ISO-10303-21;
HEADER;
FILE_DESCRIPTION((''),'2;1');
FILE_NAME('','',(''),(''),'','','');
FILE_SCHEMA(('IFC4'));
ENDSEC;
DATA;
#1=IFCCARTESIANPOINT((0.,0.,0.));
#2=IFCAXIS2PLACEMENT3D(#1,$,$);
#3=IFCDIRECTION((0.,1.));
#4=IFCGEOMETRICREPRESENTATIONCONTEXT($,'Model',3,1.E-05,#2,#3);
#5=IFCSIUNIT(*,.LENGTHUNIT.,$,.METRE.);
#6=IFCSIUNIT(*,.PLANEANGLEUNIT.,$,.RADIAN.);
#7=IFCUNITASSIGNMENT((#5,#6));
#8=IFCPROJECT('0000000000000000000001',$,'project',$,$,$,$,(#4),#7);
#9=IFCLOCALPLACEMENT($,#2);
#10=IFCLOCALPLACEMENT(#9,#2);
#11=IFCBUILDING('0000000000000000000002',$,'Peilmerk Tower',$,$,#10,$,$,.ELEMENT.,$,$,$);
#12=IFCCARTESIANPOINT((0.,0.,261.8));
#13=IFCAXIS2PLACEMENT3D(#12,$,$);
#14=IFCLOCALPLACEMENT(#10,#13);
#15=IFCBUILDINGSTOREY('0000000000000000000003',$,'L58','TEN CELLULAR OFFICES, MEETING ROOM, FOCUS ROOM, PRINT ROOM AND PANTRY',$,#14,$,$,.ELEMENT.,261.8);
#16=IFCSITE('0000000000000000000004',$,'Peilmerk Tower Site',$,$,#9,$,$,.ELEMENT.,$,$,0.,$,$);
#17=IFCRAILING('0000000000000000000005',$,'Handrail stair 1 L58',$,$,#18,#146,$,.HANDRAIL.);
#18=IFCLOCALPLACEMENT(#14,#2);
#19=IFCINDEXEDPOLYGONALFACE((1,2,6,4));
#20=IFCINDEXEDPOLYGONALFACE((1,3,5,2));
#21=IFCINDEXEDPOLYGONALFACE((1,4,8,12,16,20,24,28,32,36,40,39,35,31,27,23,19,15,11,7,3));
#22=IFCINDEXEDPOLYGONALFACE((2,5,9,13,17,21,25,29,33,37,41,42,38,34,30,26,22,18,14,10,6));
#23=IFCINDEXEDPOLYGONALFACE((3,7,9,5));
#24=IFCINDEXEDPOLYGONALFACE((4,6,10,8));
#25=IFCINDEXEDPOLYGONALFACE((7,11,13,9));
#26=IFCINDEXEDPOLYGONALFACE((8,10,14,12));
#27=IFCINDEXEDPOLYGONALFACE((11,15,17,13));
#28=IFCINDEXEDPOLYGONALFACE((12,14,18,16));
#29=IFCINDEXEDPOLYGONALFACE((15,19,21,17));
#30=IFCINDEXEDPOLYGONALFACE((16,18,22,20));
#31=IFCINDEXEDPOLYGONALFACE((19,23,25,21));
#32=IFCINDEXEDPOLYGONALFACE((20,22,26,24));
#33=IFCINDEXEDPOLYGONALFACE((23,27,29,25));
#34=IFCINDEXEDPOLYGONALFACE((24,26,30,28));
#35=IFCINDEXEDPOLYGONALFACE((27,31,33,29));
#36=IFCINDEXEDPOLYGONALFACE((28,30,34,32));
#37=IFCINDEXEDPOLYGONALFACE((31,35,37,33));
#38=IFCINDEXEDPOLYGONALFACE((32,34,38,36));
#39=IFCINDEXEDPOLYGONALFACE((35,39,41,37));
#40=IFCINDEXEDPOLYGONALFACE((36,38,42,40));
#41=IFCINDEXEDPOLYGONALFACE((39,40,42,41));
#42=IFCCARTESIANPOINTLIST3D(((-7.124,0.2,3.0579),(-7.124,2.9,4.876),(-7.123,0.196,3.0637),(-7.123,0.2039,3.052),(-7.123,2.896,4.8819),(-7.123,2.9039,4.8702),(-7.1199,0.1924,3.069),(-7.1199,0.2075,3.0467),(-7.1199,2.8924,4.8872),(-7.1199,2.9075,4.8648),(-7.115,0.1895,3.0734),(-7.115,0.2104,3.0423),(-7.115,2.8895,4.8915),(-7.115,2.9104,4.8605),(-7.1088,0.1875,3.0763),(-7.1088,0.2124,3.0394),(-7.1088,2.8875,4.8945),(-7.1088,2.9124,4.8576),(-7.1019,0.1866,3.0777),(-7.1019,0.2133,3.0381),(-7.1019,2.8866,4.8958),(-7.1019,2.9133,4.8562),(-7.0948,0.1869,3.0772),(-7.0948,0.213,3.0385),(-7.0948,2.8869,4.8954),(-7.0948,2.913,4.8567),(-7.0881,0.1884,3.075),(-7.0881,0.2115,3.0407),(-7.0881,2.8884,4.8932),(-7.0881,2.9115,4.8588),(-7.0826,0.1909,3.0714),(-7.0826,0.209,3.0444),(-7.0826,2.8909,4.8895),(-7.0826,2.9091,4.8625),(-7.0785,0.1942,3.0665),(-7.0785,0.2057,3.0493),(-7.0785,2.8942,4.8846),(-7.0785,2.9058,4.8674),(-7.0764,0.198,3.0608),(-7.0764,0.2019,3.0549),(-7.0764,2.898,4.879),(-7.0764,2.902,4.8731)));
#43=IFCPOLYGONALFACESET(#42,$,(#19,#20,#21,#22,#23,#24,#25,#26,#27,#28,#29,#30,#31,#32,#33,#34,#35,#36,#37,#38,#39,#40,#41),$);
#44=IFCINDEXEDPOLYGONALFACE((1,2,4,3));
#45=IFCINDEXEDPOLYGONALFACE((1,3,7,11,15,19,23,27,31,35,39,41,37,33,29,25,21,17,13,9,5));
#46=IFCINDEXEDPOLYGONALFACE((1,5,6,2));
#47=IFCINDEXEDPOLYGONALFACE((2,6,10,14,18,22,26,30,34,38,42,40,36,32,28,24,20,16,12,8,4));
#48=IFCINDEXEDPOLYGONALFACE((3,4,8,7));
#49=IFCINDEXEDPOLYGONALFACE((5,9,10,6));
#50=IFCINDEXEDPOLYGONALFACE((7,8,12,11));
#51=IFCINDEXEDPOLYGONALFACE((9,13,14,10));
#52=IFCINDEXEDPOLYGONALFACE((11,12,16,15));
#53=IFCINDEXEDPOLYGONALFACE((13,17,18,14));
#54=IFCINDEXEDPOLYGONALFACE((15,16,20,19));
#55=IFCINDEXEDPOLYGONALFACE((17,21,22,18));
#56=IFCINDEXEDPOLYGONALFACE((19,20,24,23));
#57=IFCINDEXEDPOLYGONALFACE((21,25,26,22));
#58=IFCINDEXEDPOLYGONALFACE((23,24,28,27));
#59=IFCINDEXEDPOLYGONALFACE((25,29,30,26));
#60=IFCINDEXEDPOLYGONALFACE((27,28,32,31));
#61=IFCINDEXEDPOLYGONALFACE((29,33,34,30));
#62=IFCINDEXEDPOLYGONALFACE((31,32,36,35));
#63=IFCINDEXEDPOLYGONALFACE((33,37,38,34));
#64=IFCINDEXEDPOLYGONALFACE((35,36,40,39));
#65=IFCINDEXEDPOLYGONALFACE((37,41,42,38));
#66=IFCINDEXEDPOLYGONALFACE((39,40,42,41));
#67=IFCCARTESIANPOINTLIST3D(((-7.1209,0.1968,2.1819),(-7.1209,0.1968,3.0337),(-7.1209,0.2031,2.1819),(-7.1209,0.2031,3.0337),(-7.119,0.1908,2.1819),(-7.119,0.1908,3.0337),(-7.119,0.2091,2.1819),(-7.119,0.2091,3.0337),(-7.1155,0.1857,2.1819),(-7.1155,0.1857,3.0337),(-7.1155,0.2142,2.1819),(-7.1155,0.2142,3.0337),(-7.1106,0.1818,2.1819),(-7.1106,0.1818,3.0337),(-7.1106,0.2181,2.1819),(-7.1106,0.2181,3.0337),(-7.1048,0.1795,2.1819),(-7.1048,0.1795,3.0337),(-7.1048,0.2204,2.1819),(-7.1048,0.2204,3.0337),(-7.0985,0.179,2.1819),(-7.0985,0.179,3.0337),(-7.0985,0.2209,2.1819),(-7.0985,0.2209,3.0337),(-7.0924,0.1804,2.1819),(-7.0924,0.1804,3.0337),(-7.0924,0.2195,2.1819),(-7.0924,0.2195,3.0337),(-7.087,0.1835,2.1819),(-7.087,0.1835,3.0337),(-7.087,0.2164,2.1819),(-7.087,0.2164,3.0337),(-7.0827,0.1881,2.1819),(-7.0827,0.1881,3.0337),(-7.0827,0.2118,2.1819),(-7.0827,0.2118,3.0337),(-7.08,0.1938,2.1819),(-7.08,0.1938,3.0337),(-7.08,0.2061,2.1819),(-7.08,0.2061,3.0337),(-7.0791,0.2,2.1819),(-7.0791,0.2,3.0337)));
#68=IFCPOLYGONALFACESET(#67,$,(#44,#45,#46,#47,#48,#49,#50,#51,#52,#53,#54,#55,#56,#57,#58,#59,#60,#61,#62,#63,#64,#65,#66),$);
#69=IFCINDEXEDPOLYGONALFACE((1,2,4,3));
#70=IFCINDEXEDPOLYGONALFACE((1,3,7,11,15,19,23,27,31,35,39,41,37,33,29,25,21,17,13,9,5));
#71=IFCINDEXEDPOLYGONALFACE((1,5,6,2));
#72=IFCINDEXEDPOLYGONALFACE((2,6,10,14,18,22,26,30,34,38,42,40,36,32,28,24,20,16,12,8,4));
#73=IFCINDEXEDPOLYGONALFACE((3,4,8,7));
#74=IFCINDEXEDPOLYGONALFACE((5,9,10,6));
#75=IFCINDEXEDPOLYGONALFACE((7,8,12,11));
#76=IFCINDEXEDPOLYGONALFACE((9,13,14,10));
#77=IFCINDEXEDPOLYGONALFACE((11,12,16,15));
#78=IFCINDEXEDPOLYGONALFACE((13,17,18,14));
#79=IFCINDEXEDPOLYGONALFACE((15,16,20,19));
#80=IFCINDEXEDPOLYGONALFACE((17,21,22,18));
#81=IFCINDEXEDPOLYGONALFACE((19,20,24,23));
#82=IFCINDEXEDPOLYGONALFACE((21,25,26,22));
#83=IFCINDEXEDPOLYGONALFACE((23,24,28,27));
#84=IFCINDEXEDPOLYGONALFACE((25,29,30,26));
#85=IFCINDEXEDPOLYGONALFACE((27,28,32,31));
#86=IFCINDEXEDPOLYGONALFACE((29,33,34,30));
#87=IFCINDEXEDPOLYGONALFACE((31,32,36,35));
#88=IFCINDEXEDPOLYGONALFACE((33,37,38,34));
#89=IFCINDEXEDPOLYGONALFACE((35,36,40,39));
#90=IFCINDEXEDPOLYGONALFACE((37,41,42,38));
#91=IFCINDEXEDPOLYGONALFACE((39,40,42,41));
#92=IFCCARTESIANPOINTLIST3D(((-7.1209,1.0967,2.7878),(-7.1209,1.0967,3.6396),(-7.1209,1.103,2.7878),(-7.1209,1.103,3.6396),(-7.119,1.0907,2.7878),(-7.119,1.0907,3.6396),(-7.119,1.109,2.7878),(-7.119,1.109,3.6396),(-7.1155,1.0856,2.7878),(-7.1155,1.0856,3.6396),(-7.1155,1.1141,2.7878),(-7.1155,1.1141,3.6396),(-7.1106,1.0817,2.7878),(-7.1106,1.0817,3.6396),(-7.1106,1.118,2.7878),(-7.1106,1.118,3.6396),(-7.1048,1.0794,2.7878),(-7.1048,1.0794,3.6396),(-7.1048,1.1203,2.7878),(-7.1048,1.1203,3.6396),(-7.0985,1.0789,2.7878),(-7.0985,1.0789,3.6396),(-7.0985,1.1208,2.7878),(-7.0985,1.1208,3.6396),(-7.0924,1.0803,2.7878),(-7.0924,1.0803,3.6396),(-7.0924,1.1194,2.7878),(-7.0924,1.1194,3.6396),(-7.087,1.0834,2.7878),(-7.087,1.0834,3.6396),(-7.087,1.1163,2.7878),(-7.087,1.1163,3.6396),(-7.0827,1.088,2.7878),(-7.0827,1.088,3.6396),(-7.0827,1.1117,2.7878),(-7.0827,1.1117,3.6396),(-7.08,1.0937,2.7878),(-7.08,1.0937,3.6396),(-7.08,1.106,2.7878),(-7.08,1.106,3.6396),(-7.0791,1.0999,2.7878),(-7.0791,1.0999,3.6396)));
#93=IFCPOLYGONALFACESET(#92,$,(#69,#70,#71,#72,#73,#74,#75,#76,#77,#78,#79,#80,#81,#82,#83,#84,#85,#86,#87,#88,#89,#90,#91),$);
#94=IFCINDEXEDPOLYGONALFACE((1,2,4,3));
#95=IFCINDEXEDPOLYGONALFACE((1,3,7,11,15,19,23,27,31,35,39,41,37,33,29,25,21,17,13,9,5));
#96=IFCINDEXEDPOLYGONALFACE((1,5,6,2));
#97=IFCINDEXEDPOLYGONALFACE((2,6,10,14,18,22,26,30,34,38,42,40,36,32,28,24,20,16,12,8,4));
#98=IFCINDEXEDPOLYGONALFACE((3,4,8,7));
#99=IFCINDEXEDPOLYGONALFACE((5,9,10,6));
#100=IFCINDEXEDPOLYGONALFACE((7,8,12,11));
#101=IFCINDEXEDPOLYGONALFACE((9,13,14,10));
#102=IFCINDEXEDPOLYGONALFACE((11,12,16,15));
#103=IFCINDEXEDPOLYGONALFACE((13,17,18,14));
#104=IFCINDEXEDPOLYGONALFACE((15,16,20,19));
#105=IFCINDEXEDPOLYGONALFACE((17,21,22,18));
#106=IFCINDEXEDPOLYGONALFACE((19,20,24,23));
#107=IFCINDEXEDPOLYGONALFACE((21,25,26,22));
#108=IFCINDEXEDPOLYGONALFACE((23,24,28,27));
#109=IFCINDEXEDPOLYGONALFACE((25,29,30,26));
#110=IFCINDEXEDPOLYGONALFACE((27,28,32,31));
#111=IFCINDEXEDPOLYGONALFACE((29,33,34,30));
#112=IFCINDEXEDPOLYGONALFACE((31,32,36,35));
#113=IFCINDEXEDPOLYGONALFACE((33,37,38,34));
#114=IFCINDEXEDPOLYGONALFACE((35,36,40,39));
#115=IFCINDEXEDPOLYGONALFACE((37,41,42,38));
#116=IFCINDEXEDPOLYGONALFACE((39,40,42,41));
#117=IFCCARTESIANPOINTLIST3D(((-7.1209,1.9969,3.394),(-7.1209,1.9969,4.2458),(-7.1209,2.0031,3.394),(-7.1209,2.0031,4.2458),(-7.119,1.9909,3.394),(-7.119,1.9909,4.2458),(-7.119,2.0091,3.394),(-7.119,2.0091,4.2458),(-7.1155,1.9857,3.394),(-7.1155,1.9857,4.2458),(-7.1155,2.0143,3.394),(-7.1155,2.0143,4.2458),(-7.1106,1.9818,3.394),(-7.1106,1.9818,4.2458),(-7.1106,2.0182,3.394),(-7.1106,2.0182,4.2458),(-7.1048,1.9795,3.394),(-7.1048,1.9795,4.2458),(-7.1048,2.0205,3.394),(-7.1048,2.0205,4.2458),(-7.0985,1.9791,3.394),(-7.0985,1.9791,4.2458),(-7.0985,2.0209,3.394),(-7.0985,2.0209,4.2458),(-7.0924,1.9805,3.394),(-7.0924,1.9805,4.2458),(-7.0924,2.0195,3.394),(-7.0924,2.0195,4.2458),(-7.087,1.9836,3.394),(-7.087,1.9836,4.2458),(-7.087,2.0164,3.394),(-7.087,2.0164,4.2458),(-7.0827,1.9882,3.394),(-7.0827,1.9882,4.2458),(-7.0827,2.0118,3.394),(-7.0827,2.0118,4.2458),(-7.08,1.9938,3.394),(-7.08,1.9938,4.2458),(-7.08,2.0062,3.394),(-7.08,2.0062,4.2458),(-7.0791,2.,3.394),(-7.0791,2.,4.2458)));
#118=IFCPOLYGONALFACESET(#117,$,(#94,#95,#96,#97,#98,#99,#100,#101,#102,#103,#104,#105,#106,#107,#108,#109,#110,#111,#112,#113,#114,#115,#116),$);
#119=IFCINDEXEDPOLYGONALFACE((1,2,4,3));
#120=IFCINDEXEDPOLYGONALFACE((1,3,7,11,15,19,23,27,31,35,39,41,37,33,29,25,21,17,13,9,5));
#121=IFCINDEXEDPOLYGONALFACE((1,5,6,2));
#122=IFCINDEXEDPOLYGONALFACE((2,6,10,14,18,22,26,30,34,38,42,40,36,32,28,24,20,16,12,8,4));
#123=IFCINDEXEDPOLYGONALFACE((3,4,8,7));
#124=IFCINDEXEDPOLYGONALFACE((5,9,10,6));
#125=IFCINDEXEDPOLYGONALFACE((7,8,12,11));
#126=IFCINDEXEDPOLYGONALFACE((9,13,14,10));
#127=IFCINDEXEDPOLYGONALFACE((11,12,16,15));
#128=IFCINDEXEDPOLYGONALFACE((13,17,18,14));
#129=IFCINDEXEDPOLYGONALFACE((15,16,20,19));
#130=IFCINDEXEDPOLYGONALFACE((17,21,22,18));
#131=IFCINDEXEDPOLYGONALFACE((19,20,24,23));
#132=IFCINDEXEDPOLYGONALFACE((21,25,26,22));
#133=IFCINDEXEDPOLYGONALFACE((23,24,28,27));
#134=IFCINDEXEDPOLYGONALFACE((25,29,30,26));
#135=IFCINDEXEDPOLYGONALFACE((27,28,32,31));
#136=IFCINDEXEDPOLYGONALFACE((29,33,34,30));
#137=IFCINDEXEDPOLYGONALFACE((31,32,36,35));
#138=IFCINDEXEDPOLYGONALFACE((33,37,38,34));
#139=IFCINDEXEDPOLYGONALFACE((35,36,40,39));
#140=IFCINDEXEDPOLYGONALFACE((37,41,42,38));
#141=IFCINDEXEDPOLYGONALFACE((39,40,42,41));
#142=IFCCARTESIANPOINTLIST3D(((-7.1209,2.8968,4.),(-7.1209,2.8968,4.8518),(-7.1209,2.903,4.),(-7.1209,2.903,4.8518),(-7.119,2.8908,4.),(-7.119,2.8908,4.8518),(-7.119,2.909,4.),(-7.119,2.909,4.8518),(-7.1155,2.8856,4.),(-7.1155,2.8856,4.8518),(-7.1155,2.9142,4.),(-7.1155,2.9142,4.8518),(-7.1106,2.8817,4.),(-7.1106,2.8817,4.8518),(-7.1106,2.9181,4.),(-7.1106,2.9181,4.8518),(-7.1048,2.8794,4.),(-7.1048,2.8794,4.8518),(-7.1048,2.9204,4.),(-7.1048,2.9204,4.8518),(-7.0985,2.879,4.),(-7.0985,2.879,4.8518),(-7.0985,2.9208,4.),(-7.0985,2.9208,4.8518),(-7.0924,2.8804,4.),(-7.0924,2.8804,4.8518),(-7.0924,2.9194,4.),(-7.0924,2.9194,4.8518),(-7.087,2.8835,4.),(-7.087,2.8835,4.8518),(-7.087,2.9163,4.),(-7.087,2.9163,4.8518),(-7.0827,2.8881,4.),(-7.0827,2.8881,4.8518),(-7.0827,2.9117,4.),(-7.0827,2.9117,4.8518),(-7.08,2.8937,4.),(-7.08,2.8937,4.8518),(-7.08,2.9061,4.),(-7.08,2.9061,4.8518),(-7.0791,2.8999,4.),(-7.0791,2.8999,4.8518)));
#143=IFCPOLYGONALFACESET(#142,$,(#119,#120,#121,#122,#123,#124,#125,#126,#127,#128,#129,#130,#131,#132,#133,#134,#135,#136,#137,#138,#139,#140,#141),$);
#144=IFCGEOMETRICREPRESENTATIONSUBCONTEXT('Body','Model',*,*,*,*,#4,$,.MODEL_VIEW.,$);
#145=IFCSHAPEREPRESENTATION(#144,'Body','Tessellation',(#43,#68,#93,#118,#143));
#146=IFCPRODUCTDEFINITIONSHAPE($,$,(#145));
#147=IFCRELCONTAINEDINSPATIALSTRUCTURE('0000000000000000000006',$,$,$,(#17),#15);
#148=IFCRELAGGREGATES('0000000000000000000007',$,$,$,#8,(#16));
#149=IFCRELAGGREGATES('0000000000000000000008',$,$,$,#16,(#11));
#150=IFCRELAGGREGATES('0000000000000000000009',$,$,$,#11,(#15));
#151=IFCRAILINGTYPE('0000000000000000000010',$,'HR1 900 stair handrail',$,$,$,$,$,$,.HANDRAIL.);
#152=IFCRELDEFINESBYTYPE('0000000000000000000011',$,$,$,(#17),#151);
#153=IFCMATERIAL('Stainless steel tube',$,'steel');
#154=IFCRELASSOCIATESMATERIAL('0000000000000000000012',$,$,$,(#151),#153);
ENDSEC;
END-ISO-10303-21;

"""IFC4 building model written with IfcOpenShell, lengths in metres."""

from ifc_helpers import new_model, si_unit, direction, frame, origin, origin_2d, place, context, subcontext, project, spatial, circle, extrude, material, type_object, element, save


model = new_model("IFC4")

# Units and contexts
model_context = context("Model", 3, precision=1e-05, world=origin(), true_north=direction((0.0, 1.0)))
body_context = subcontext(model_context, "Body", "Model", "MODEL_VIEW")
ifc_project = project(units=[si_unit("LENGTHUNIT", "METRE"), si_unit("PLANEANGLEUNIT", "RADIAN")], contexts=[model_context])

# Site, building, storey
site_placement = place(None, origin())
site = spatial("IfcSite", under=ifc_project, at=site_placement, Name="Peilmerk Tower Site", CompositionType="ELEMENT", RefElevation=0.0)
building_placement = place(site_placement, origin())
building = spatial("IfcBuilding", under=site, at=building_placement, Name="Peilmerk Tower", CompositionType="ELEMENT")
storey_placement = place(building_placement, frame((0.0, 0.0, 261.8)))
storey = spatial("IfcBuildingStorey", under=building, at=storey_placement, Name="L58", Description="TEN CELLULAR OFFICES, MEETING ROOM, FOCUS ROOM, PRINT ROOM AND PANTRY", CompositionType="ELEMENT", Elevation=261.8)

# Railing
ifc_material_1 = material(Name="Stainless steel tube", Category="steel")
railing_type_1 = type_object("IfcRailingType", Name="HR1 900 stair handrail", PredefinedType="HANDRAIL", material=ifc_material_1)
railing_1_placement = place(storey_placement, frame((-7.1001, 0.2, 2.1819)))
element("IfcRailing", 1, at=railing_1_placement, inside=storey, type_object=railing_type_1, Name="Handrail stair 1 L58", PredefinedType="HANDRAIL", context=body_context, shape_type="SweptSolid", body=[
    extrude(circle(Radius=0.0239, at=origin_2d()), frame((0.0, 0.0, 0.876), z_axis=(0.0, 0.829468, 0.558554), x_axis=(-1.0, 0.0, 0.0)), (0.0, 0.0, 1.0), 3.2551),
    extrude(circle(Radius=0.021, at=origin_2d()), origin(), (0.0, 0.0, 1.0), 0.8518),
    extrude(circle(Radius=0.021, at=origin_2d()), frame((0.0, 0.8999, 0.606)), (0.0, 0.0, 1.0), 0.8518),
    extrude(circle(Radius=0.021, at=origin_2d()), frame((0.0, 1.8, 1.2122)), (0.0, 0.0, 1.0), 0.8518),
    extrude(circle(Radius=0.021, at=origin_2d()), frame((0.0, 2.7, 1.8181)), (0.0, 0.0, 1.0), 0.8518),
])

save(model, "model.ifc")
